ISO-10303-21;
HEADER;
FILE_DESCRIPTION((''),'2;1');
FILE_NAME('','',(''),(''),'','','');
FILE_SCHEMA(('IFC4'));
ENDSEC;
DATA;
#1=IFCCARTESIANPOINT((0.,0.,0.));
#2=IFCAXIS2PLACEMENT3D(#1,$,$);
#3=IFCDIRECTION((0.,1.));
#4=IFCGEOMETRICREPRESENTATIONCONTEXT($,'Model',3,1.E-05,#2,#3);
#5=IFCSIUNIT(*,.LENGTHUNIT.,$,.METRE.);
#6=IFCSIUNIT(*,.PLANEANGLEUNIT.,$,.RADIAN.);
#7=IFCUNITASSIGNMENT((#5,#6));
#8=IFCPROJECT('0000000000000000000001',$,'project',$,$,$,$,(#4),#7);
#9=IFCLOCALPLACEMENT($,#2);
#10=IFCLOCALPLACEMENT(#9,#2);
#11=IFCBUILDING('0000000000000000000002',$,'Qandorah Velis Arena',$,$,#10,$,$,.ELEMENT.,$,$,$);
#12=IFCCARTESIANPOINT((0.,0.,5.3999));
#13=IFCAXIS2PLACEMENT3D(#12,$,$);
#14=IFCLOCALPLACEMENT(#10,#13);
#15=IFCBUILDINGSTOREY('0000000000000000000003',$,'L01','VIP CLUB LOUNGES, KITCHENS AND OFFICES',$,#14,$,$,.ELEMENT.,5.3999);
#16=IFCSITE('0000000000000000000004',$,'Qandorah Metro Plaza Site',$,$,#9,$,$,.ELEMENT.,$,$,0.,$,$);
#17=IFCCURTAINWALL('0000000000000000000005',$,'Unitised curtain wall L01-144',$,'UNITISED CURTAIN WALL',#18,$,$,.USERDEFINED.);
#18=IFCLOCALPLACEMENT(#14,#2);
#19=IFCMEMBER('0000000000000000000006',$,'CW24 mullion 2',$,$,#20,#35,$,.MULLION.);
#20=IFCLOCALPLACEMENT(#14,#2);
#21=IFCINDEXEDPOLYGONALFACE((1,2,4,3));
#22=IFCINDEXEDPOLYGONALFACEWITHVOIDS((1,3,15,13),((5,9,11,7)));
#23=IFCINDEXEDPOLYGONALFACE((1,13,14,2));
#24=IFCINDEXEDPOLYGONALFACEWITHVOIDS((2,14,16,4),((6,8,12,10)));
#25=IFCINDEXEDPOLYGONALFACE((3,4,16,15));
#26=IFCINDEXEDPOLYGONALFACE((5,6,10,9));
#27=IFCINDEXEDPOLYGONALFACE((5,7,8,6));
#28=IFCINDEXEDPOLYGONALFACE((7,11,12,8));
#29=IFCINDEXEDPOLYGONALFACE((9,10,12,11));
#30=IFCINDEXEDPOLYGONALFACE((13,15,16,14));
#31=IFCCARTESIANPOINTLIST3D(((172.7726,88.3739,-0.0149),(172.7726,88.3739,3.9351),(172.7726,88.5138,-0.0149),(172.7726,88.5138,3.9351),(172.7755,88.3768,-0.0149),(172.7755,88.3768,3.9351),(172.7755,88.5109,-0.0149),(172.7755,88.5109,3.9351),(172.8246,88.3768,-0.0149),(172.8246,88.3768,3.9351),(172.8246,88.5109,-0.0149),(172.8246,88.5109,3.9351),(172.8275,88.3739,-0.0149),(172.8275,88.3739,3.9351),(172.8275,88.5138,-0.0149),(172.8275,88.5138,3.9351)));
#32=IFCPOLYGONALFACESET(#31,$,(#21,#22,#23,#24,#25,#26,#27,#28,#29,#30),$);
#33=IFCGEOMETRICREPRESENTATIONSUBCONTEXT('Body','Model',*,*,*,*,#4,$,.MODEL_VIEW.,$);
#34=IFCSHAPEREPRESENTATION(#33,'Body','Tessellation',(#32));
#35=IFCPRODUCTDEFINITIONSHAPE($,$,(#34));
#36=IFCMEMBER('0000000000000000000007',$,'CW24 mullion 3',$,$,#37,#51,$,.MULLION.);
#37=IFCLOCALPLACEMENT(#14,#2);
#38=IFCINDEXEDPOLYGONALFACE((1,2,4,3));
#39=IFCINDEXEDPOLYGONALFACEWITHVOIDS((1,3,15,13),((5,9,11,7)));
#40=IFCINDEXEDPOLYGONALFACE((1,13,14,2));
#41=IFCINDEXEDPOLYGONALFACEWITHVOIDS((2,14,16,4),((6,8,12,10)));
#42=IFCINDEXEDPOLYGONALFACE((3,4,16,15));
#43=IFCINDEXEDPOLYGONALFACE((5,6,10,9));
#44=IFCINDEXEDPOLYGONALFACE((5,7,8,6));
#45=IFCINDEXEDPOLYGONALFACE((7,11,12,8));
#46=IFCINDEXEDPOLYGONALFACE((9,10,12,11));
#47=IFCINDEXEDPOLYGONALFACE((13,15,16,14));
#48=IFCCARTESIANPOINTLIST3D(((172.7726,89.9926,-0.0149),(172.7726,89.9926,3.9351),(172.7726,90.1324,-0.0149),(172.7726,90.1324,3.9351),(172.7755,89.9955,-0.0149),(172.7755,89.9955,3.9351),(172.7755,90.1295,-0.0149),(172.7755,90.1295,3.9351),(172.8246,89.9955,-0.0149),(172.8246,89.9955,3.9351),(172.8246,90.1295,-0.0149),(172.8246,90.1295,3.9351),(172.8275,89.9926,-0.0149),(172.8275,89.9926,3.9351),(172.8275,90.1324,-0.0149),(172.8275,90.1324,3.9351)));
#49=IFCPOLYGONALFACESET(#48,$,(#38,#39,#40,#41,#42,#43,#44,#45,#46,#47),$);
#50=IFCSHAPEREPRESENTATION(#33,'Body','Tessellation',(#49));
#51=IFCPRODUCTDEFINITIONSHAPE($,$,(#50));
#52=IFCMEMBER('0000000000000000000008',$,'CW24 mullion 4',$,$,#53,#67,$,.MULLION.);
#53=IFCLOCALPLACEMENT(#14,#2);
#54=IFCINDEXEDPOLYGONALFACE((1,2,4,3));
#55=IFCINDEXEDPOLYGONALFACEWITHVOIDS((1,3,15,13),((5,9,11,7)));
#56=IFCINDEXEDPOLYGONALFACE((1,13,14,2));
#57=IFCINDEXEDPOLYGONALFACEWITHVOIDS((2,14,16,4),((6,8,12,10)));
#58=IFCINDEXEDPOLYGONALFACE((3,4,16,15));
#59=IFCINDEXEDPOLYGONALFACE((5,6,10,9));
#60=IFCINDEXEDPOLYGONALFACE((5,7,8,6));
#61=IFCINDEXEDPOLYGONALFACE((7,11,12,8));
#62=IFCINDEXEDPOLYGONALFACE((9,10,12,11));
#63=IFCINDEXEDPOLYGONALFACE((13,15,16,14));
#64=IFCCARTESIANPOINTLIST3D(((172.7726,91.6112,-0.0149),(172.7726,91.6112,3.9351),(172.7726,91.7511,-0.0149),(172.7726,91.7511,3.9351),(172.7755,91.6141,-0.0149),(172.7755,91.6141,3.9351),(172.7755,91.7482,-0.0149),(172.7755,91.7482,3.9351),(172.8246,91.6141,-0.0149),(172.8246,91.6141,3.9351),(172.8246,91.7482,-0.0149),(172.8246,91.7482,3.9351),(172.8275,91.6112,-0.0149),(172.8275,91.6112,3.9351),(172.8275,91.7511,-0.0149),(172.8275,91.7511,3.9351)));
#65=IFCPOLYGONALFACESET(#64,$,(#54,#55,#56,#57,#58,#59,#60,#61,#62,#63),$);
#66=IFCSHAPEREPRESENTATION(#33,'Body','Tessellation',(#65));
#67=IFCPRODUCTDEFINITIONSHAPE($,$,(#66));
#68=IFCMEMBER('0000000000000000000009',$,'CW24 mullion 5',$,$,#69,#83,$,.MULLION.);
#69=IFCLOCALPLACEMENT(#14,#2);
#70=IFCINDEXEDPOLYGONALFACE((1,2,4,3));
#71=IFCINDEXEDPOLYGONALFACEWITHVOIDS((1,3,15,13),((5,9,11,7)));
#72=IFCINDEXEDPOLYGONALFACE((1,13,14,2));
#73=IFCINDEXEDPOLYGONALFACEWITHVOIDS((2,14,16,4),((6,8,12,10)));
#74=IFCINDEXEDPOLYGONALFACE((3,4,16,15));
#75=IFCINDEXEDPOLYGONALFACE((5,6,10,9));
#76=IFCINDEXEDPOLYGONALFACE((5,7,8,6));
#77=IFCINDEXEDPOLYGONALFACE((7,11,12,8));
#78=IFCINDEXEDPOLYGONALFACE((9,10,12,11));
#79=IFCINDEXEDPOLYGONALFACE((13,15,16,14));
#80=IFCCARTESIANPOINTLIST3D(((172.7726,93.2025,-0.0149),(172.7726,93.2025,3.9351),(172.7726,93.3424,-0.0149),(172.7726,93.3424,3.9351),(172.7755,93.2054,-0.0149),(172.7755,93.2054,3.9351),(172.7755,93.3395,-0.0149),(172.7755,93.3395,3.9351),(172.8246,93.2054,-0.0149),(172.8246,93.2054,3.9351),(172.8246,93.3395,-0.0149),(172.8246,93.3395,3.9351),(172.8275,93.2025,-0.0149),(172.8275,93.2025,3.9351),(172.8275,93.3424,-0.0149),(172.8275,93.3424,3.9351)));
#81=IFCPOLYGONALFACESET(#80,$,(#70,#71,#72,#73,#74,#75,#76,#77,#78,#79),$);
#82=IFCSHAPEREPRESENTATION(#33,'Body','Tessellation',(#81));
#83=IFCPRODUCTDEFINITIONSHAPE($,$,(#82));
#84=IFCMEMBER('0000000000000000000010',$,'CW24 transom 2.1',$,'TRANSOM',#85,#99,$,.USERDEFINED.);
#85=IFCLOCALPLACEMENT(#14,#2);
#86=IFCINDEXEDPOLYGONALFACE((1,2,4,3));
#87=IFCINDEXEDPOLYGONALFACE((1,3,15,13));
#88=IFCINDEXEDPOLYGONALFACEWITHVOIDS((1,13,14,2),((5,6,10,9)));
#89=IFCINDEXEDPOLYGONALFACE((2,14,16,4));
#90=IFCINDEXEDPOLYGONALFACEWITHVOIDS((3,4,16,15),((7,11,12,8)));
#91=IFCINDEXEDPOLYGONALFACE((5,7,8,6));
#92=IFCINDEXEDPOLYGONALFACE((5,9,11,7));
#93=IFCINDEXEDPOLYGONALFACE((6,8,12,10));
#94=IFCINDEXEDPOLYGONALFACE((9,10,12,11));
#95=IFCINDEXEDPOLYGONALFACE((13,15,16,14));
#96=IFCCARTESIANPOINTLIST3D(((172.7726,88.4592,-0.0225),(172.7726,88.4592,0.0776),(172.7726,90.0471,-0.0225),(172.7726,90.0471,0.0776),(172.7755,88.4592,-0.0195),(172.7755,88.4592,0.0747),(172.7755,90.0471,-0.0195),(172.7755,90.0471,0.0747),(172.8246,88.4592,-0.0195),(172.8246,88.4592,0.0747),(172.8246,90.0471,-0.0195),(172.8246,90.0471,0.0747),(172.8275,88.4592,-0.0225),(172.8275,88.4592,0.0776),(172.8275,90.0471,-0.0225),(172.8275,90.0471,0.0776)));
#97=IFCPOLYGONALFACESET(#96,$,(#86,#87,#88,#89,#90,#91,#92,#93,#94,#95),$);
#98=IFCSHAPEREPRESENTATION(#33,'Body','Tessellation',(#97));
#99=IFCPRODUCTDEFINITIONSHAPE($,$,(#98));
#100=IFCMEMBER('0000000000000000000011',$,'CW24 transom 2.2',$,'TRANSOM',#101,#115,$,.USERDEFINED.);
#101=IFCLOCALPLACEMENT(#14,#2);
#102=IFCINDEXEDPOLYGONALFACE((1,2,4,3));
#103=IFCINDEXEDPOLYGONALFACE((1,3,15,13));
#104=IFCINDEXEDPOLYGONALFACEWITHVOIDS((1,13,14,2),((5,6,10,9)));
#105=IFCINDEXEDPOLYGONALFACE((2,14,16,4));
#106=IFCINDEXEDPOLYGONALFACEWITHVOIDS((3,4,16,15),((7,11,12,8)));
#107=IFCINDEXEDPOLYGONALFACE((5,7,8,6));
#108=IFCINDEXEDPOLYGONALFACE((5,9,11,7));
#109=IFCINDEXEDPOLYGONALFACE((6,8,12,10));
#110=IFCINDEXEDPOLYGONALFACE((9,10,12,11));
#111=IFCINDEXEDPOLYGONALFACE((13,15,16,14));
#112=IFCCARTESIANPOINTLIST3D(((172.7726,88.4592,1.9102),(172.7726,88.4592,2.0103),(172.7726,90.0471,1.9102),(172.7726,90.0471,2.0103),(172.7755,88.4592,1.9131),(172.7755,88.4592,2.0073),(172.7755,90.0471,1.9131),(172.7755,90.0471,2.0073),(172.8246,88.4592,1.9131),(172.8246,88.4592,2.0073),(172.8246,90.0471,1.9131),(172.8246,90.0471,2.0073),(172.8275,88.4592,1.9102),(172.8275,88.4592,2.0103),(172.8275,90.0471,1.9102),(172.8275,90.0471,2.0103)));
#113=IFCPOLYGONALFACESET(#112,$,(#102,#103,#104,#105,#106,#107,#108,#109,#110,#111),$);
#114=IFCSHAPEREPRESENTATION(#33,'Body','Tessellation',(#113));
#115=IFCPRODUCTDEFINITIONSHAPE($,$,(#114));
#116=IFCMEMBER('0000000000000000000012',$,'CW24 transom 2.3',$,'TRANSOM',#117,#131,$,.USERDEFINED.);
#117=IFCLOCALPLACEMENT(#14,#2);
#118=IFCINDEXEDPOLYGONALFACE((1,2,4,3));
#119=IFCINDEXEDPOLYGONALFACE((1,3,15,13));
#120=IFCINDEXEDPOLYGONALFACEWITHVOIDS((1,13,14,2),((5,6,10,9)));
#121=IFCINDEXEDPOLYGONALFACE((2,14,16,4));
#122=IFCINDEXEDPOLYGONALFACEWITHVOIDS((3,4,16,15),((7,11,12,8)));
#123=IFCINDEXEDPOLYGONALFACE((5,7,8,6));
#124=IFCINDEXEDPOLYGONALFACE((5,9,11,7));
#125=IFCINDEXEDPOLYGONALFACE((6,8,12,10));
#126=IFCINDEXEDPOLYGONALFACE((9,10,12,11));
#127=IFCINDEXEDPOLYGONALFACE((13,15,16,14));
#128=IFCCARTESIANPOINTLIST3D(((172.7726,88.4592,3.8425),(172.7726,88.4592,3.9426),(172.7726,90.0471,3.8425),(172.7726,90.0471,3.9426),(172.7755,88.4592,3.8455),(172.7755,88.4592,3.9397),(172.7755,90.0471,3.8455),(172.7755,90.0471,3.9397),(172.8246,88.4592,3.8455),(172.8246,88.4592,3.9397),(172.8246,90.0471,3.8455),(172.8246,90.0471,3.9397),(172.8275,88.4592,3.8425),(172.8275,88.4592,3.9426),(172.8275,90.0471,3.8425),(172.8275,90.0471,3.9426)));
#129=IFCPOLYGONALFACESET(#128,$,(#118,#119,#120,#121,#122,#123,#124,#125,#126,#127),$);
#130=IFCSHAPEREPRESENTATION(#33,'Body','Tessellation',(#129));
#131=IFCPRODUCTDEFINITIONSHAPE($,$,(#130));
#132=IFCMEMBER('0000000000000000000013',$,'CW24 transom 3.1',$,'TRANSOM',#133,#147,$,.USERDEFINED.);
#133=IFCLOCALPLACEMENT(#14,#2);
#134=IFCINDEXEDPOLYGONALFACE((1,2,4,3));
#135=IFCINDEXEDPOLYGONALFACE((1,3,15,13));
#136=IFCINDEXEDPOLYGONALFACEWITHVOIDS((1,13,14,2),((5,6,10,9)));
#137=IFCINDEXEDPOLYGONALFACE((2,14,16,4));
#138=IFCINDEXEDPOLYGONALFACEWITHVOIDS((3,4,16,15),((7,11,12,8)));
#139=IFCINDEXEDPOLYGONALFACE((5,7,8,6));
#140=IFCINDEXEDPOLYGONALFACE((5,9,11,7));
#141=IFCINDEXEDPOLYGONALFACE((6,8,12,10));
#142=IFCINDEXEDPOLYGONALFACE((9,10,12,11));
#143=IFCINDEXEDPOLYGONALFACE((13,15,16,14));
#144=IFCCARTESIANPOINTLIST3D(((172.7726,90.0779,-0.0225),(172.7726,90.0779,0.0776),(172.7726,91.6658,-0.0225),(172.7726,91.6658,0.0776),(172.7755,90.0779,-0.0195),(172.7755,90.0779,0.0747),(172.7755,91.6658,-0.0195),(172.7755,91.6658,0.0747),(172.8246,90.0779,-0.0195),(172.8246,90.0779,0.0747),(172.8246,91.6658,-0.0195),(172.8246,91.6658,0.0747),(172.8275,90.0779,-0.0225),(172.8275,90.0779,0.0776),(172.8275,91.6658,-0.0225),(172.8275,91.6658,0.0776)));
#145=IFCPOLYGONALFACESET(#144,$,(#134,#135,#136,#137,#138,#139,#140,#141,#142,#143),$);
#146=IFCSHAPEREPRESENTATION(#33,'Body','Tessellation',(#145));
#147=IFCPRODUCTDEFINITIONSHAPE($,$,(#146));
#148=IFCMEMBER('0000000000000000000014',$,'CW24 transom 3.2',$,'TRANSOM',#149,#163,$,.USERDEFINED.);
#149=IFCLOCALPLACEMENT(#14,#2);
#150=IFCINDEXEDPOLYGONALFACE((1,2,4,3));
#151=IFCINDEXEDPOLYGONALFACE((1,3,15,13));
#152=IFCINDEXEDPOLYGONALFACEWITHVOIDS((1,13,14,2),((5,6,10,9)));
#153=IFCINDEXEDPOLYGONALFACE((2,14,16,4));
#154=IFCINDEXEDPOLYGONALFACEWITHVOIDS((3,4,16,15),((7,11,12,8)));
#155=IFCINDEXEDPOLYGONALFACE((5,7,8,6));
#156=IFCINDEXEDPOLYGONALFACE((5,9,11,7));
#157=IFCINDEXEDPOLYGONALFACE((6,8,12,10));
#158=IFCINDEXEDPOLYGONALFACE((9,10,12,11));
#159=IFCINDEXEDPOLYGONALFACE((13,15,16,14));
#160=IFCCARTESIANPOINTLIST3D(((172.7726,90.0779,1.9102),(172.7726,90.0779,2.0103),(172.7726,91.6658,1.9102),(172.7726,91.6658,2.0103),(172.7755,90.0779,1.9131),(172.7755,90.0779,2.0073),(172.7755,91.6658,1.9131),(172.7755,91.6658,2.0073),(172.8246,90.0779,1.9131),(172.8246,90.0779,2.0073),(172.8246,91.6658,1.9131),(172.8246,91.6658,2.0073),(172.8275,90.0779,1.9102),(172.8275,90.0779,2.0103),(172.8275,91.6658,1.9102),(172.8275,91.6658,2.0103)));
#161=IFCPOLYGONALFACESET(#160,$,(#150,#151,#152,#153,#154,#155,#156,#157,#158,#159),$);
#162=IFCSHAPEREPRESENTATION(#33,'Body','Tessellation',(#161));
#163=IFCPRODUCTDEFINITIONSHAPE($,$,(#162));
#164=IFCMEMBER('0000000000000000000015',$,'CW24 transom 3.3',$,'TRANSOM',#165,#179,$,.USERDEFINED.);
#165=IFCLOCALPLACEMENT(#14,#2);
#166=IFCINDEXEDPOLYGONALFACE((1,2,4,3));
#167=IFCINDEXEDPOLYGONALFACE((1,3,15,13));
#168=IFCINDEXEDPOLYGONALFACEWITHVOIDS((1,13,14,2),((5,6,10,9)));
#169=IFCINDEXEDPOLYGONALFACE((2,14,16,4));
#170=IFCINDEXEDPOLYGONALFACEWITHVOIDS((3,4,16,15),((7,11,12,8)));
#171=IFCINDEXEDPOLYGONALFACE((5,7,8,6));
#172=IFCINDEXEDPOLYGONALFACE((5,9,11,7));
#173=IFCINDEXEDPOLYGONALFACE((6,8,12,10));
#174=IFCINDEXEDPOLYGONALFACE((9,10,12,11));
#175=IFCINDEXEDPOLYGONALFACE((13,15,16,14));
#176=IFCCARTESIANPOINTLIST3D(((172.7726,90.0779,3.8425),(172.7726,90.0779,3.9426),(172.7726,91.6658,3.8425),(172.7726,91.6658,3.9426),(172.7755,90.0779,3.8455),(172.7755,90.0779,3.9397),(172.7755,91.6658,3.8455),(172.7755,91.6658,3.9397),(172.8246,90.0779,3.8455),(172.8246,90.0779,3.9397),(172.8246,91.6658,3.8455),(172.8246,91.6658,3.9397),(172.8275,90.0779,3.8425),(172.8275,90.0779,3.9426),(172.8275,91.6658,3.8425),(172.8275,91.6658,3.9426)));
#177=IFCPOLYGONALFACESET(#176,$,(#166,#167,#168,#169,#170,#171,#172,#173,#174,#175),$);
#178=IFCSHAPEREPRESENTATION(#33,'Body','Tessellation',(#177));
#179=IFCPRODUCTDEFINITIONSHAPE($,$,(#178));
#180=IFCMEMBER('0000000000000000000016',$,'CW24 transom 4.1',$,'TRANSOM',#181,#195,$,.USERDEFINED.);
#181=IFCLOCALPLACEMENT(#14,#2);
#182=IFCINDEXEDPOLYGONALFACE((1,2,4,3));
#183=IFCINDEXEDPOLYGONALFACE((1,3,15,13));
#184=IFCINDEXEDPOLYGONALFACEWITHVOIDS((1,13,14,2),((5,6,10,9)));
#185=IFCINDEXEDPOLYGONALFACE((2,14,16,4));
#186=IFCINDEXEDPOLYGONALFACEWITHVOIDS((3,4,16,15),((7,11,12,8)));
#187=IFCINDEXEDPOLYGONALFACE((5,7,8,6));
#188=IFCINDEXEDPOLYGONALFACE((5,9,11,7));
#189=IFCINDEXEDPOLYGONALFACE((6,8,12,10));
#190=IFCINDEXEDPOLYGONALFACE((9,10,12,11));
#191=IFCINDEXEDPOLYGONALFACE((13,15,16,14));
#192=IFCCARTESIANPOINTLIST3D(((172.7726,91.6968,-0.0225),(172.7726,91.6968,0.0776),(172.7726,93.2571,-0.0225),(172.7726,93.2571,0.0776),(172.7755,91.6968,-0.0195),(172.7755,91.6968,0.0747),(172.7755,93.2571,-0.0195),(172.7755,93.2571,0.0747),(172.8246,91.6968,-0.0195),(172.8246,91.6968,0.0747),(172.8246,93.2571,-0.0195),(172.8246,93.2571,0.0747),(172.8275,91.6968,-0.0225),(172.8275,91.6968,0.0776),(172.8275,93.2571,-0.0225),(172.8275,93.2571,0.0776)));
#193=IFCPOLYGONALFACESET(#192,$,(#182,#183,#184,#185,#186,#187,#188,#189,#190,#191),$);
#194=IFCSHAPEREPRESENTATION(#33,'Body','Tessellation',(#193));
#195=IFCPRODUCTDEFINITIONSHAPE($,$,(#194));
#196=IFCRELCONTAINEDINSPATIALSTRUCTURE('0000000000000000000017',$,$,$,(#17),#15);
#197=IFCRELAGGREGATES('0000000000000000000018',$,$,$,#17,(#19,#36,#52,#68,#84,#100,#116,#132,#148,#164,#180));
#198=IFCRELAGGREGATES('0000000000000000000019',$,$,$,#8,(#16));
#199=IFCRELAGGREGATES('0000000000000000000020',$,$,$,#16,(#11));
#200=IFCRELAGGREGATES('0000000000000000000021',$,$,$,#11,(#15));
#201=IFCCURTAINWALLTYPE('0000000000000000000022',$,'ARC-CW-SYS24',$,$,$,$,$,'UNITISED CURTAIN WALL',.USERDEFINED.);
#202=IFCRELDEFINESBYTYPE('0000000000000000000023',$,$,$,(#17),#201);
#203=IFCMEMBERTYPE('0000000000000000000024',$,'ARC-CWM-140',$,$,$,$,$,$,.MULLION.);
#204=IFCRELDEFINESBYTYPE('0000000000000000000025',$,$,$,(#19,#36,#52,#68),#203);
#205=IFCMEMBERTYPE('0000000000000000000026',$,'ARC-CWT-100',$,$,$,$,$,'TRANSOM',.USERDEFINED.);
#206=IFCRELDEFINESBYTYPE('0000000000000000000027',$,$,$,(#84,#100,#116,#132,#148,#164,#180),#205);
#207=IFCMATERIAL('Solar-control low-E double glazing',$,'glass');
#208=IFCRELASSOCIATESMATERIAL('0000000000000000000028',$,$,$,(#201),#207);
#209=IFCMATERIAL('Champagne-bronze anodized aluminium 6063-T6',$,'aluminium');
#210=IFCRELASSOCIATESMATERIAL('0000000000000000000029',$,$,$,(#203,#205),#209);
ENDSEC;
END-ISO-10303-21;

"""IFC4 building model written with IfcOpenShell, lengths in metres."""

from ifc_helpers import new_model, si_unit, direction, frame, origin, origin_2d, place, context, subcontext, project, spatial, hollow_rectangle, extrude, material, material_profile, profile_set, type_object, element, aggregate, save


model = new_model("IFC4")

# Units and contexts
model_context = context("Model", 3, precision=1e-05, world=origin(), true_north=direction((0.0, 1.0)))
body_context = subcontext(model_context, "Body", "Model", "MODEL_VIEW")
ifc_project = project(units=[si_unit("LENGTHUNIT", "METRE"), si_unit("PLANEANGLEUNIT", "RADIAN")], contexts=[model_context])

# Site, building, storey
site_placement = place(None, origin())
site = spatial("IfcSite", under=ifc_project, at=site_placement, Name="Qandorah Metro Plaza Site", CompositionType="ELEMENT", RefElevation=0.0)
building_placement = place(site_placement, origin())
building = spatial("IfcBuilding", under=site, at=building_placement, Name="Qandorah Velis Arena", CompositionType="ELEMENT")
storey_placement = place(building_placement, frame((0.0, 0.0, 5.3999)))
storey = spatial("IfcBuildingStorey", under=building, at=storey_placement, Name="L01", Description="VIP CLUB LOUNGES, KITCHENS AND OFFICES", CompositionType="ELEMENT", Elevation=5.3999)

# Curtain wall, members
ifc_material_1 = material(Name="Solar-control low-E double glazing", Category="glass")
curtain_wall_type = type_object("IfcCurtainWallType", Name="ARC-CW-SYS24", ElementType="UNITISED CURTAIN WALL", PredefinedType="USERDEFINED", material=ifc_material_1)
curtain_wall_placement = place(storey_placement, origin())
curtain_wall = element("IfcCurtainWall", 1, at=curtain_wall_placement, inside=storey, type_object=curtain_wall_type, Name="Unitised curtain wall L01-144", ObjectType="UNITISED CURTAIN WALL", PredefinedType="USERDEFINED")
ifc_material_2 = material(Name="Champagne-bronze anodized aluminium 6063-T6", Category="aluminium")
ifc_material_profile_1 = material_profile(ifc_material_2, hollow_rectangle(XDim=0.0549, YDim=0.1399, WallThickness=0.0029, at=origin_2d()), Name="ALU MULLION 55x140")
ifc_profile_set_1 = profile_set([ifc_material_profile_1], Name="Champagne-bronze anodized aluminium 6063-T6")
member_type_1 = type_object("IfcMemberType", Name="ARC-CWM-140", PredefinedType="MULLION", material=ifc_profile_set_1)
member_1_placement = place(storey_placement, frame((172.8, 88.4438, -0.0149), z_axis=(0.0, 0.0, 1.0), x_axis=(-1.0, 0.0, 0.0)))
member_1 = element("IfcMember", 2, at=member_1_placement, type_object=member_type_1, Name="CW24 mullion 2", PredefinedType="MULLION", context=body_context, shape_type="SweptSolid", body=[
    extrude(hollow_rectangle(XDim=0.0549, YDim=0.1399, WallThickness=0.0029, at=origin_2d()), origin(), (0.0, 0.0, 1.0), 3.95),
])
member_2_placement = place(storey_placement, frame((172.8, 90.0625, -0.0149), z_axis=(0.0, 0.0, 1.0), x_axis=(-1.0, 0.0, 0.0)))
member_2 = element("IfcMember", 3, at=member_2_placement, type_object=member_type_1, Name="CW24 mullion 3", PredefinedType="MULLION", context=body_context, shape_type="SweptSolid", body=[
    extrude(hollow_rectangle(XDim=0.0549, YDim=0.1399, WallThickness=0.0029, at=origin_2d()), origin(), (0.0, 0.0, 1.0), 3.95),
])
member_3_placement = place(storey_placement, frame((172.8, 91.6812, -0.0149), z_axis=(0.0, 0.0, 1.0), x_axis=(-1.0, 0.0, 0.0)))
member_3 = element("IfcMember", 4, at=member_3_placement, type_object=member_type_1, Name="CW24 mullion 4", PredefinedType="MULLION", context=body_context, shape_type="SweptSolid", body=[
    extrude(hollow_rectangle(XDim=0.0549, YDim=0.1399, WallThickness=0.0029, at=origin_2d()), origin(), (0.0, 0.0, 1.0), 3.95),
])
member_4_placement = place(storey_placement, frame((172.8, 93.2725, -0.0149), z_axis=(0.0, 0.0, 1.0), x_axis=(-1.0, 0.0, 0.0)))
member_4 = element("IfcMember", 5, at=member_4_placement, type_object=member_type_1, Name="CW24 mullion 5", PredefinedType="MULLION", context=body_context, shape_type="SweptSolid", body=[
    extrude(hollow_rectangle(XDim=0.0549, YDim=0.1399, WallThickness=0.0029, at=origin_2d()), origin(), (0.0, 0.0, 1.0), 3.95),
])
ifc_material_profile_2 = material_profile(ifc_material_2, hollow_rectangle(XDim=0.0549, YDim=0.1001, WallThickness=0.0029, at=origin_2d()), Name="ALU TRANSOM 55x100")
ifc_profile_set_2 = profile_set([ifc_material_profile_2], Name="Champagne-bronze anodized aluminium 6063-T6")
member_type_2 = type_object("IfcMemberType", Name="ARC-CWT-100", ElementType="TRANSOM", PredefinedType="USERDEFINED", material=ifc_profile_set_2)
member_5_placement = place(storey_placement, frame((172.8, 88.4592, 0.0276), z_axis=(0.0, 1.0, 0.0), x_axis=(-1.0, 0.0, 0.0)))
member_5 = element("IfcMember", 6, at=member_5_placement, type_object=member_type_2, Name="CW24 transom 2.1", ObjectType="TRANSOM", PredefinedType="USERDEFINED", context=body_context, shape_type="SweptSolid", body=[
    extrude(hollow_rectangle(XDim=0.0549, YDim=0.1001, WallThickness=0.0029, at=origin_2d()), origin(), (0.0, 0.0, 1.0), 1.5879),
])
member_6_placement = place(storey_placement, frame((172.8, 88.4592, 1.9602), z_axis=(0.0, 1.0, 0.0), x_axis=(-1.0, 0.0, 0.0)))
member_6 = element("IfcMember", 7, at=member_6_placement, type_object=member_type_2, Name="CW24 transom 2.2", ObjectType="TRANSOM", PredefinedType="USERDEFINED", context=body_context, shape_type="SweptSolid", body=[
    extrude(hollow_rectangle(XDim=0.0549, YDim=0.1001, WallThickness=0.0029, at=origin_2d()), origin(), (0.0, 0.0, 1.0), 1.5879),
])
member_7_placement = place(storey_placement, frame((172.8, 88.4592, 3.8926), z_axis=(0.0, 1.0, 0.0), x_axis=(-1.0, 0.0, 0.0)))
member_7 = element("IfcMember", 8, at=member_7_placement, type_object=member_type_2, Name="CW24 transom 2.3", ObjectType="TRANSOM", PredefinedType="USERDEFINED", context=body_context, shape_type="SweptSolid", body=[
    extrude(hollow_rectangle(XDim=0.0549, YDim=0.1001, WallThickness=0.0029, at=origin_2d()), origin(), (0.0, 0.0, 1.0), 1.5879),
])
member_8_placement = place(storey_placement, frame((172.8, 90.0779, 0.0276), z_axis=(0.0, 1.0, 0.0), x_axis=(-1.0, 0.0, 0.0)))
member_8 = element("IfcMember", 9, at=member_8_placement, type_object=member_type_2, Name="CW24 transom 3.1", ObjectType="TRANSOM", PredefinedType="USERDEFINED", context=body_context, shape_type="SweptSolid", body=[
    extrude(hollow_rectangle(XDim=0.0549, YDim=0.1001, WallThickness=0.0029, at=origin_2d()), origin(), (0.0, 0.0, 1.0), 1.5879),
])
member_9_placement = place(storey_placement, frame((172.8, 90.0779, 1.9602), z_axis=(0.0, 1.0, 0.0), x_axis=(-1.0, 0.0, 0.0)))
member_9 = element("IfcMember", 10, at=member_9_placement, type_object=member_type_2, Name="CW24 transom 3.2", ObjectType="TRANSOM", PredefinedType="USERDEFINED", context=body_context, shape_type="SweptSolid", body=[
    extrude(hollow_rectangle(XDim=0.0549, YDim=0.1001, WallThickness=0.0029, at=origin_2d()), origin(), (0.0, 0.0, 1.0), 1.5879),
])
member_10_placement = place(storey_placement, frame((172.8, 90.0779, 3.8926), z_axis=(0.0, 1.0, 0.0), x_axis=(-1.0, 0.0, 0.0)))
member_10 = element("IfcMember", 11, at=member_10_placement, type_object=member_type_2, Name="CW24 transom 3.3", ObjectType="TRANSOM", PredefinedType="USERDEFINED", context=body_context, shape_type="SweptSolid", body=[
    extrude(hollow_rectangle(XDim=0.0549, YDim=0.1001, WallThickness=0.0029, at=origin_2d()), origin(), (0.0, 0.0, 1.0), 1.5879),
])
member_11_placement = place(storey_placement, frame((172.8, 91.6968, 0.0276), z_axis=(0.0, 1.0, 0.0), x_axis=(-1.0, 0.0, 0.0)))
member_11 = element("IfcMember", 12, at=member_11_placement, type_object=member_type_2, Name="CW24 transom 4.1", ObjectType="TRANSOM", PredefinedType="USERDEFINED", context=body_context, shape_type="SweptSolid", body=[
    extrude(hollow_rectangle(XDim=0.0549, YDim=0.1001, WallThickness=0.0029, at=origin_2d()), origin(), (0.0, 0.0, 1.0), 1.5603),
])

aggregate(curtain_wall, [member_1, member_2, member_3, member_4, member_5, member_6, member_7, member_8, member_9, member_10, member_11])

save(model, "model.ifc")
